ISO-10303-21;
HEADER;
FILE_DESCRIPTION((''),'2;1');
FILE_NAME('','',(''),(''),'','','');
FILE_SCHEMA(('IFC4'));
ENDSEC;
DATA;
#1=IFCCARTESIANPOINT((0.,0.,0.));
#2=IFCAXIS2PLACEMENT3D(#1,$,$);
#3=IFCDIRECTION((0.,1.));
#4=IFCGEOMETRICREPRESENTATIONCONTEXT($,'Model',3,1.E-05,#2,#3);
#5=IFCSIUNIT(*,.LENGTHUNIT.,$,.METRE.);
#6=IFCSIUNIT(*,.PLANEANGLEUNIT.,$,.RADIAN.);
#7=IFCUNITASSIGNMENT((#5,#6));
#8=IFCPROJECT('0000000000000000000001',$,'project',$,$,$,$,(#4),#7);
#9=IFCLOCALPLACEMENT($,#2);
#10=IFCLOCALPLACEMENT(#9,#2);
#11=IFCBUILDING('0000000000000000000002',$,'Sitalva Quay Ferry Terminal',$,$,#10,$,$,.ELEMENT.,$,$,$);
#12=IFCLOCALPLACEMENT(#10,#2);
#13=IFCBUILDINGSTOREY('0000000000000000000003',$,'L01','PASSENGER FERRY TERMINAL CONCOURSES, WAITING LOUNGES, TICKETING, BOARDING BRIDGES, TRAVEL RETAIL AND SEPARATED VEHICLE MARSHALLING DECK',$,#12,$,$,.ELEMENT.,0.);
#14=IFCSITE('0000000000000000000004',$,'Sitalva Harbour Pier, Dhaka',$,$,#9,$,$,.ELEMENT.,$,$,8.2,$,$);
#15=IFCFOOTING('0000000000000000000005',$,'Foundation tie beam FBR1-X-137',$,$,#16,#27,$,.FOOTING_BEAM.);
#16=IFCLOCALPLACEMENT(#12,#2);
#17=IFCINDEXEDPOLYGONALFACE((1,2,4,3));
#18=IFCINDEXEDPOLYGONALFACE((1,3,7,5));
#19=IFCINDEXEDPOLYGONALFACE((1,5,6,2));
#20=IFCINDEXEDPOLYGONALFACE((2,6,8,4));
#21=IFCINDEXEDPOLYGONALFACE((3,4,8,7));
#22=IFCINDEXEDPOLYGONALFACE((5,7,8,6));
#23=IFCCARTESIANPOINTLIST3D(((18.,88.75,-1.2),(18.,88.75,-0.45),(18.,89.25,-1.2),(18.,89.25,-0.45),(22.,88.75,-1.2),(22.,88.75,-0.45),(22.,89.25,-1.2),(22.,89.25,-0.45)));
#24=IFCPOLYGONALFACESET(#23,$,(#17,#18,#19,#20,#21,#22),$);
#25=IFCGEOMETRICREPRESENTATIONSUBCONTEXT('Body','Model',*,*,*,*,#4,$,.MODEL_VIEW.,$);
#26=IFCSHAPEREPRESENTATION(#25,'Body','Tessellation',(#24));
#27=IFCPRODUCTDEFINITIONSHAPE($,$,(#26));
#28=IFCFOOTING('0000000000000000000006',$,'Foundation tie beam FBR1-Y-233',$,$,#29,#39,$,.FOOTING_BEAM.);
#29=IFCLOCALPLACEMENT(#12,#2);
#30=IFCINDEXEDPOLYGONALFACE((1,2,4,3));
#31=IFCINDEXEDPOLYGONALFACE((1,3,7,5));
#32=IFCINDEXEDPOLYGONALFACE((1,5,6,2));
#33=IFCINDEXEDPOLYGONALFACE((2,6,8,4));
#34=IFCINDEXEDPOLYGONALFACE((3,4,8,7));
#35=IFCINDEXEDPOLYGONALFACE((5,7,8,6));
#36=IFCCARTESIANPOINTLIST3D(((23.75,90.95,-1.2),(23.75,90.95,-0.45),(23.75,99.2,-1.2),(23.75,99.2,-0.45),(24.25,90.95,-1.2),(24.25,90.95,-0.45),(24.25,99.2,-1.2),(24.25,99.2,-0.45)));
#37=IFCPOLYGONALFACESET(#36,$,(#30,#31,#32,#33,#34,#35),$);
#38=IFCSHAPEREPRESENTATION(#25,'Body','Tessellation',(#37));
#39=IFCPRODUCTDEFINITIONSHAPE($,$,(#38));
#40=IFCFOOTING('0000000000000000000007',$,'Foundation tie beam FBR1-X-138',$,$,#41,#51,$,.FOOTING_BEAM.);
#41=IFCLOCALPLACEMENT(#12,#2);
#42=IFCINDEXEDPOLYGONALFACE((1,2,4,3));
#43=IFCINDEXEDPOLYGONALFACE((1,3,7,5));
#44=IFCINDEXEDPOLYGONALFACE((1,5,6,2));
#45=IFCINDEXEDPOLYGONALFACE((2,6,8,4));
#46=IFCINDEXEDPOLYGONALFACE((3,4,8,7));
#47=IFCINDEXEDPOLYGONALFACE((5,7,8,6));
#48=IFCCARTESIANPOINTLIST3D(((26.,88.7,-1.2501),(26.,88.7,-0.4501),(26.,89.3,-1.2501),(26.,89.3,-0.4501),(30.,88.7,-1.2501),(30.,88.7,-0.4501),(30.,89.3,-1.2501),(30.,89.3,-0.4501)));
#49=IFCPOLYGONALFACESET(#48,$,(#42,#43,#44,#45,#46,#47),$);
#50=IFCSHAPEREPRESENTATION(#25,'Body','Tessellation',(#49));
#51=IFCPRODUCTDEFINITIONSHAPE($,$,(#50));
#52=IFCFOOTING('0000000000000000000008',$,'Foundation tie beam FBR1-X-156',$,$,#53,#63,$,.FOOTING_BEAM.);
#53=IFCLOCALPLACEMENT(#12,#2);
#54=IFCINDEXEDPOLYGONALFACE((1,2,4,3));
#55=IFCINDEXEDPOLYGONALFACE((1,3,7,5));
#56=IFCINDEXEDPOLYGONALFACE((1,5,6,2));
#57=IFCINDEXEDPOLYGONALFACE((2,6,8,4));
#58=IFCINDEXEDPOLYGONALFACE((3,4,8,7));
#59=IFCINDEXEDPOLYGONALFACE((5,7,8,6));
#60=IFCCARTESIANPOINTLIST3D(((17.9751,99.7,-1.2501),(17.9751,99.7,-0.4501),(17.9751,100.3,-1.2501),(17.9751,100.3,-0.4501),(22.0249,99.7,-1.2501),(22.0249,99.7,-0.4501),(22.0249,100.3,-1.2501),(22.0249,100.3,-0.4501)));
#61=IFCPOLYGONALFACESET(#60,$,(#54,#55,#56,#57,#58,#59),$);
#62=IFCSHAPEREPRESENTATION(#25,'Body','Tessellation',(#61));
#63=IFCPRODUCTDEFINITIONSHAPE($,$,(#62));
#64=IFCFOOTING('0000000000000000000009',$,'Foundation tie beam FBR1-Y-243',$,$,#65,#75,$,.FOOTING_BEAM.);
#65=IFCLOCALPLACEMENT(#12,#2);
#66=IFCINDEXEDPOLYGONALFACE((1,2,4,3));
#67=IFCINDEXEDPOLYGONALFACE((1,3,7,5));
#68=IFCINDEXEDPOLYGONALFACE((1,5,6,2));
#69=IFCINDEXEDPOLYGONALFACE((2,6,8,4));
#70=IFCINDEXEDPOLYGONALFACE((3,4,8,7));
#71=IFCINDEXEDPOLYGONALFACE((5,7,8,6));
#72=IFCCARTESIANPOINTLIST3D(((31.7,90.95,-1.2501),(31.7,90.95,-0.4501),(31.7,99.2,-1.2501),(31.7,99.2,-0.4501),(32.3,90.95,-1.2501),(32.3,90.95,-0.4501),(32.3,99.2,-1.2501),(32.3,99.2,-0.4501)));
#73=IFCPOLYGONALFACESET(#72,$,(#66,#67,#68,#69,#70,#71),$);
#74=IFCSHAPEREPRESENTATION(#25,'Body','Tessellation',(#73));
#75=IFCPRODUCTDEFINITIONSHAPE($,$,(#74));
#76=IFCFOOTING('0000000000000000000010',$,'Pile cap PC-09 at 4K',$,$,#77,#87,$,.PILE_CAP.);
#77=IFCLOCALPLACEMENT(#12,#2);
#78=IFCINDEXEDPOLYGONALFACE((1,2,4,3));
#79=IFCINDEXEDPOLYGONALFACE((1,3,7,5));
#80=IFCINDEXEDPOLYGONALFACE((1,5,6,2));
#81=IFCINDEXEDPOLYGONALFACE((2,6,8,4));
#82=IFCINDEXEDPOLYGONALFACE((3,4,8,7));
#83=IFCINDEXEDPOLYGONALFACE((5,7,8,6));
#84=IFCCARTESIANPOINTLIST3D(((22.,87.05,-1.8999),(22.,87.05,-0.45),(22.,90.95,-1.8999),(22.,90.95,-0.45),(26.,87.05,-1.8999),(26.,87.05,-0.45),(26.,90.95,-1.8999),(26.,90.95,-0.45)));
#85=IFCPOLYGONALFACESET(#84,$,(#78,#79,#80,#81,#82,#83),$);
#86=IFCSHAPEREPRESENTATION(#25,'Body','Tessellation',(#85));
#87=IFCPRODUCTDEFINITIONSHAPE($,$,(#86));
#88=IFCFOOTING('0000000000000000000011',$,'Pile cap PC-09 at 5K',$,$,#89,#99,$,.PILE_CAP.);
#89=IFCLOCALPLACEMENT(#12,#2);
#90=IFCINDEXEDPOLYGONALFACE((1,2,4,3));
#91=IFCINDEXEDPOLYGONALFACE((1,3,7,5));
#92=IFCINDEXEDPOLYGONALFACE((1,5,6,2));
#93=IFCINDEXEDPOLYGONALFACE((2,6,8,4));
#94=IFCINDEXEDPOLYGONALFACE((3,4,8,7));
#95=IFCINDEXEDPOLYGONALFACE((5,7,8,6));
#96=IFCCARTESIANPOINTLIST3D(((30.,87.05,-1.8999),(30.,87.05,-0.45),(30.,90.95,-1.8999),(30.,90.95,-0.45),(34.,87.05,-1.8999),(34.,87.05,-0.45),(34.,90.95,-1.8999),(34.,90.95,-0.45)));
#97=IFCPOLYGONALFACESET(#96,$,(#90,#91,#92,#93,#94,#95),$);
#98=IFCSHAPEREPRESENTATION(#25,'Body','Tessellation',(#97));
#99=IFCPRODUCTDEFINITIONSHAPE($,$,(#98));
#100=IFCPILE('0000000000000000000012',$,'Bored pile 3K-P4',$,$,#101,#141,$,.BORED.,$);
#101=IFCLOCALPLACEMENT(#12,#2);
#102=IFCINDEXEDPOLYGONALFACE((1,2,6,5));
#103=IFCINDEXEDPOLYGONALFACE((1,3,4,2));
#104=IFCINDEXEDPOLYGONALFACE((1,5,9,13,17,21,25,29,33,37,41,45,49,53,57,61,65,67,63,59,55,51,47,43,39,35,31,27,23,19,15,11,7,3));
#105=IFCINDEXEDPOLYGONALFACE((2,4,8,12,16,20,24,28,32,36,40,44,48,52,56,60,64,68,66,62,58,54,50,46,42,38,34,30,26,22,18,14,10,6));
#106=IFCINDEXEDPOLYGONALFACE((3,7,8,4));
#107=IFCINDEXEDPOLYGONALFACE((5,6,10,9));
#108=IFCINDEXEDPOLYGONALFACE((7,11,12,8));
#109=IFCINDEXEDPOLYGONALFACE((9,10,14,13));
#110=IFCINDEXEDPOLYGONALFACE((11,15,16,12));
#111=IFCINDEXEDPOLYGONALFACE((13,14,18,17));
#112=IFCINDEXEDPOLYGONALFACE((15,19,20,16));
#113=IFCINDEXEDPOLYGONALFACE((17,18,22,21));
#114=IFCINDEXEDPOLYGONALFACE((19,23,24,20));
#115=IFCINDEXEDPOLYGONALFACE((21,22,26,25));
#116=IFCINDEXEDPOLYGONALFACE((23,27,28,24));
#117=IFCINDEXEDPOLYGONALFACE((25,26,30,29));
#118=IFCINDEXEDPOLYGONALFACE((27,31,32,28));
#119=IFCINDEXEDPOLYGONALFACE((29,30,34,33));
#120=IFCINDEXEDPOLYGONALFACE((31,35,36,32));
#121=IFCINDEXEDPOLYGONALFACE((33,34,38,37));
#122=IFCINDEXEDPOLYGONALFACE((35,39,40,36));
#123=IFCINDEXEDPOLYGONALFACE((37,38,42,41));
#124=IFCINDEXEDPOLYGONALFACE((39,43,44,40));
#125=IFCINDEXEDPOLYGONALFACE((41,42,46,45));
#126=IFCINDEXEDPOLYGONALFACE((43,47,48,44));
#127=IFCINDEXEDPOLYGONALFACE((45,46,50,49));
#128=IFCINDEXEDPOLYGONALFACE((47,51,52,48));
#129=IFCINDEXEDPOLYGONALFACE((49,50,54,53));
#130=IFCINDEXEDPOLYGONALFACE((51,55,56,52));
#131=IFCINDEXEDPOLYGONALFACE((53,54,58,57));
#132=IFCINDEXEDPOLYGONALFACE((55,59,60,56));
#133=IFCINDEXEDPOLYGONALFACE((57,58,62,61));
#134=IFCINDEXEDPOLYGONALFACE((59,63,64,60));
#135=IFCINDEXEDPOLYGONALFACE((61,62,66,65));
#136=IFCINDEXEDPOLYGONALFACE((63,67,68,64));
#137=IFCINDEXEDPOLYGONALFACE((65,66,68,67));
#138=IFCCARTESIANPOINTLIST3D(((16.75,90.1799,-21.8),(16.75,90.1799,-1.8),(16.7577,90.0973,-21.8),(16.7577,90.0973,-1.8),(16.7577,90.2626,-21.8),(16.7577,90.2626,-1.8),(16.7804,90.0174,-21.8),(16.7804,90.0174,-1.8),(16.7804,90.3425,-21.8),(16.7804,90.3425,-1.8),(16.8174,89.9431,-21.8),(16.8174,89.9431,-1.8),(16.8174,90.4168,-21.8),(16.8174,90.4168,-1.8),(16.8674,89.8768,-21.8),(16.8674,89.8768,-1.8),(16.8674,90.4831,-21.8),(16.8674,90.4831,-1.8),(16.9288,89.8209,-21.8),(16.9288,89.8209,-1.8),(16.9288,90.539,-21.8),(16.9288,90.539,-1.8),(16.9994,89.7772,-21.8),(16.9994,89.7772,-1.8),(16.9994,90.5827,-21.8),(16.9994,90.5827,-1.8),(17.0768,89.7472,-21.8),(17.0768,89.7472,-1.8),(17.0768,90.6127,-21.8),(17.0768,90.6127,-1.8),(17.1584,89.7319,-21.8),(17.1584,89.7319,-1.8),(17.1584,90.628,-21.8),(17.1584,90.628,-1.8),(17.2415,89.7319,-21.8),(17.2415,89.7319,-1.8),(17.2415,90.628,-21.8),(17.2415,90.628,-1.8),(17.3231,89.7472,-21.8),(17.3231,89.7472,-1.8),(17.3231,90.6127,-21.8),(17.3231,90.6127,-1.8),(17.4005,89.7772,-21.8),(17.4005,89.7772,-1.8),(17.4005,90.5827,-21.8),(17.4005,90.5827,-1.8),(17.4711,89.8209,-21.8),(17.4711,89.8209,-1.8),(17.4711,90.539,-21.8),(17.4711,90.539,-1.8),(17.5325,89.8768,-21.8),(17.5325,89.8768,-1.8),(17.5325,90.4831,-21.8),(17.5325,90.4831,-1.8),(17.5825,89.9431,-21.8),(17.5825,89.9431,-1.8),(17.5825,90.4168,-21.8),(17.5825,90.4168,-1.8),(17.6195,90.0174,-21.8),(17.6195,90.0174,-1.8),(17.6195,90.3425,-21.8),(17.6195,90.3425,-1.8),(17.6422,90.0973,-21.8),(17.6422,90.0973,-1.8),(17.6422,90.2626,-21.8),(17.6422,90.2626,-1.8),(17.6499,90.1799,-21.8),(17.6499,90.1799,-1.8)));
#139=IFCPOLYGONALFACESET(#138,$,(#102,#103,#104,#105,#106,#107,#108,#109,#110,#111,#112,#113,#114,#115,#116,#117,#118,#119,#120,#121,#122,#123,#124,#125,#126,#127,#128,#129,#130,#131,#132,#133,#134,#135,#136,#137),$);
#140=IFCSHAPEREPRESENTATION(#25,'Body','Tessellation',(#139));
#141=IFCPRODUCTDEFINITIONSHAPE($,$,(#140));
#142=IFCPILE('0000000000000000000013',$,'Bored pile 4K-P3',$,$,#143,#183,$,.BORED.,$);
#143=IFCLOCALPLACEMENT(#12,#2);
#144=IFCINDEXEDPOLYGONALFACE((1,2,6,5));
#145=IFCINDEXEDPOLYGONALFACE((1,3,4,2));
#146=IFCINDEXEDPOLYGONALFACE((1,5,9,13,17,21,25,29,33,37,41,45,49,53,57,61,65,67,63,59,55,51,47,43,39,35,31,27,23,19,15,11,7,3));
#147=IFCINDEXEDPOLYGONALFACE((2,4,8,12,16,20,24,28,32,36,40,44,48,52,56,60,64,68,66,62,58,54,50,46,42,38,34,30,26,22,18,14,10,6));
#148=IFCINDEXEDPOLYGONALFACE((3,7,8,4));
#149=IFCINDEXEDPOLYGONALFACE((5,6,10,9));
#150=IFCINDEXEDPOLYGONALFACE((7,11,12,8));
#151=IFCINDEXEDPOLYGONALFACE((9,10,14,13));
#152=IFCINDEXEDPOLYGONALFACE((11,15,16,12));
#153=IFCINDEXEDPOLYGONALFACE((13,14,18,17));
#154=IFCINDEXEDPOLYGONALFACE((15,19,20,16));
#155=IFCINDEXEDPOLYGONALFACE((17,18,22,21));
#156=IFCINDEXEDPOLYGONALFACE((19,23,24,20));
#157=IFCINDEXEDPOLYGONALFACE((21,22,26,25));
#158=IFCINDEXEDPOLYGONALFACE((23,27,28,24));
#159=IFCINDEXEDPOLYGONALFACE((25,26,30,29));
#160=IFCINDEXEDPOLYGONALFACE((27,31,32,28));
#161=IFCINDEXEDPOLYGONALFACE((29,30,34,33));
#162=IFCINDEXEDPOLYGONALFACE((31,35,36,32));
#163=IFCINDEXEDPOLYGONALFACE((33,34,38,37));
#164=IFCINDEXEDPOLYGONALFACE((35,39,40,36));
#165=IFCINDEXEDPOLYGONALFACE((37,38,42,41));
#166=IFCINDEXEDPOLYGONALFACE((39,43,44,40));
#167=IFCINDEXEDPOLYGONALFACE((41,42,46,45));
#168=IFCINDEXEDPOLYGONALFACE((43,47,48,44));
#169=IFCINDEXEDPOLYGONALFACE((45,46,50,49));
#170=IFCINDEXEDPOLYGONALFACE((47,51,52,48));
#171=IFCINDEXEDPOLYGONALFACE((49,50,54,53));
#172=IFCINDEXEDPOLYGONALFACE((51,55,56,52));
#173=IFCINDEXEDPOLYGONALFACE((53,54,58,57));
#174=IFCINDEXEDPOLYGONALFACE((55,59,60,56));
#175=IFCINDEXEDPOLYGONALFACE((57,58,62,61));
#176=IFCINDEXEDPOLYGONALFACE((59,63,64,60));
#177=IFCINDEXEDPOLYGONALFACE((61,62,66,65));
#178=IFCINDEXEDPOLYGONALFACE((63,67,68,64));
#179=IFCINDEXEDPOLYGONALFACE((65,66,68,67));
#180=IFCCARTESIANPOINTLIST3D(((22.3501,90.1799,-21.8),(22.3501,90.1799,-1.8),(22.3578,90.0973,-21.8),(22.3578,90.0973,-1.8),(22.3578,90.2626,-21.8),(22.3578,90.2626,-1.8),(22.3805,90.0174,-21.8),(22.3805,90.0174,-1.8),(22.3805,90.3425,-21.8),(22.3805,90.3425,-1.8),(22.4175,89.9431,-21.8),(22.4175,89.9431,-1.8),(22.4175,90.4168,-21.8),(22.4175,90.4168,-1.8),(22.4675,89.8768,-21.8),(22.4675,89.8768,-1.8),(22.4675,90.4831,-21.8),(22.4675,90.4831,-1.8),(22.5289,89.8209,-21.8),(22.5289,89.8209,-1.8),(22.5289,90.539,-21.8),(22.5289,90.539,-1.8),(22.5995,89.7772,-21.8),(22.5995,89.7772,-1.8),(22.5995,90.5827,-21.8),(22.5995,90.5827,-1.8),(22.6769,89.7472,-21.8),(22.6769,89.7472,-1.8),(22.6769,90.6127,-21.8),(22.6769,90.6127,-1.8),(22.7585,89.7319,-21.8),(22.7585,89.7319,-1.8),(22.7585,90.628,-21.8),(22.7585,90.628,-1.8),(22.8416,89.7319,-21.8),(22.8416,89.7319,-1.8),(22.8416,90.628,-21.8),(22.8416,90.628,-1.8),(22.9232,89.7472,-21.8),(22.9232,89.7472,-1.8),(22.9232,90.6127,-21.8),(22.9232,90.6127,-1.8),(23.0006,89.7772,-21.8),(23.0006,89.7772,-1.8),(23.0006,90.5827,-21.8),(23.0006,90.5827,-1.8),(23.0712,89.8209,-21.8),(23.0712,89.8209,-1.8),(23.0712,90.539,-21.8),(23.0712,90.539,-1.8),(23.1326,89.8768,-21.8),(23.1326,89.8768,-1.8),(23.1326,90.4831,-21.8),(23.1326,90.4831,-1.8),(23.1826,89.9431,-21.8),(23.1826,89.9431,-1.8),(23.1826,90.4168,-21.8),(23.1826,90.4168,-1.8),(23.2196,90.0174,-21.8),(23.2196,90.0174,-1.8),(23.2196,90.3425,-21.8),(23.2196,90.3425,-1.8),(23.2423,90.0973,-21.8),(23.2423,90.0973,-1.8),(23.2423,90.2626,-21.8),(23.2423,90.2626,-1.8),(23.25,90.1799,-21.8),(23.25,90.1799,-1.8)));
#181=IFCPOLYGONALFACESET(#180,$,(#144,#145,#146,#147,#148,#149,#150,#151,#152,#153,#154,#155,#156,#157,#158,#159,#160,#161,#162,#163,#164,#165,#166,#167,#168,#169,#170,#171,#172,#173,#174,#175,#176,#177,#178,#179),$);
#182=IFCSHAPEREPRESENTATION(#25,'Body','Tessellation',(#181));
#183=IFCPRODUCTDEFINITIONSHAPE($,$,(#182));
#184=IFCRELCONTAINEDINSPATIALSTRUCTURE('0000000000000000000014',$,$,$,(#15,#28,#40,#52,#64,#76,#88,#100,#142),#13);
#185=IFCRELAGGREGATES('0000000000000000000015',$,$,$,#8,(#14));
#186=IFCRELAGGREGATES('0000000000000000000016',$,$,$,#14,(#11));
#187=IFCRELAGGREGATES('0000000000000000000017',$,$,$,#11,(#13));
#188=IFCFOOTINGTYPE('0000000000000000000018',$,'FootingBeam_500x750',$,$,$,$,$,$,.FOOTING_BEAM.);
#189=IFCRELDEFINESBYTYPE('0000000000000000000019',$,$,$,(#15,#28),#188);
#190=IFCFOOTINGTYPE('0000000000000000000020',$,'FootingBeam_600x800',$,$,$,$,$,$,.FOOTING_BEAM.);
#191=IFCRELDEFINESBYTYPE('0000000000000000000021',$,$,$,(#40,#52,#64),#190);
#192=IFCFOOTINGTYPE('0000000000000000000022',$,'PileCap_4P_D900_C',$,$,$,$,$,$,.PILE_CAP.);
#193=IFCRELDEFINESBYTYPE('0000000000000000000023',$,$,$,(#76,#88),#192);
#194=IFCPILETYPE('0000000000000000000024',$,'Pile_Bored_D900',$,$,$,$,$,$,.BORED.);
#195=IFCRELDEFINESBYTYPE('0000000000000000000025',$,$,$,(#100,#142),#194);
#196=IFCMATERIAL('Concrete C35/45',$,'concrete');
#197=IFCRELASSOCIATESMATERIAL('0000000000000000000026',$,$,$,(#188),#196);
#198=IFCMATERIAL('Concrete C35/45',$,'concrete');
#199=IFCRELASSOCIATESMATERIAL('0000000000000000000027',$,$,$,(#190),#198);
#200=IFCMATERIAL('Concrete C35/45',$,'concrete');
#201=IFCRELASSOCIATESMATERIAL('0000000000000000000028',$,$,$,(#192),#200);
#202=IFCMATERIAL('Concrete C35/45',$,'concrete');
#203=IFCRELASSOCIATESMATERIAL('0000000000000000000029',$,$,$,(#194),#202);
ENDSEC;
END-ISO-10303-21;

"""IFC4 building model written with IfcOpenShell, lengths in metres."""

from ifc_helpers import new_model, si_unit, direction, frame, origin, origin_2d, place, context, subcontext, project, spatial, rectangle, circle, extrude, material, material_profile, profile_set, type_object, element, save


model = new_model("IFC4")

# Units and contexts
model_context = context("Model", 3, precision=1e-05, world=origin(), true_north=direction((0.0, 1.0)))
body_context = subcontext(model_context, "Body", "Model", "MODEL_VIEW")
ifc_project = project(units=[si_unit("LENGTHUNIT", "METRE"), si_unit("PLANEANGLEUNIT", "RADIAN")], contexts=[model_context])

# Site, building, storey
site_placement = place(None, origin())
site = spatial("IfcSite", under=ifc_project, at=site_placement, Name="Sitalva Harbour Pier, Dhaka", CompositionType="ELEMENT", RefElevation=8.2)
building_placement = place(site_placement, origin())
building = spatial("IfcBuilding", under=site, at=building_placement, Name="Sitalva Quay Ferry Terminal", CompositionType="ELEMENT")
storey_placement = place(building_placement, origin())
storey = spatial("IfcBuildingStorey", under=building, at=storey_placement, Name="L01", Description="PASSENGER FERRY TERMINAL CONCOURSES, WAITING LOUNGES, TICKETING, BOARDING BRIDGES, TRAVEL RETAIL AND SEPARATED VEHICLE MARSHALLING DECK", CompositionType="ELEMENT", Elevation=0.0)

# Footings
ifc_material_1 = material(Name="Concrete C35/45", Category="concrete")
ifc_material_profile_1 = material_profile(ifc_material_1, rectangle(XDim=0.5, YDim=0.75, at=origin_2d()), Name="RC500x750")
ifc_profile_set_1 = profile_set([ifc_material_profile_1], Name="Concrete C35/45")
footing_type_1 = type_object("IfcFootingType", Name="FootingBeam_500x750", PredefinedType="FOOTING_BEAM", material=ifc_profile_set_1)
footing_1_placement = place(storey_placement, frame((18.0, 89.0, -0.825), z_axis=(1.0, 0.0, 0.0), x_axis=(0.0, 1.0, 0.0)))
element("IfcFooting", 1, at=footing_1_placement, inside=storey, type_object=footing_type_1, Name="Foundation tie beam FBR1-X-137", PredefinedType="FOOTING_BEAM", context=body_context, shape_type="SweptSolid", body=[
    extrude(rectangle(XDim=0.5, YDim=0.75, at=origin_2d()), origin(), (0.0, 0.0, 1.0), 4.0),
])
footing_2_placement = place(storey_placement, frame((24.0, 90.95, -0.825), z_axis=(0.0, 1.0, 0.0), x_axis=(-1.0, 0.0, 0.0)))
element("IfcFooting", 2, at=footing_2_placement, inside=storey, type_object=footing_type_1, Name="Foundation tie beam FBR1-Y-233", PredefinedType="FOOTING_BEAM", context=body_context, shape_type="SweptSolid", body=[
    extrude(rectangle(XDim=0.5, YDim=0.75, at=origin_2d()), origin(), (0.0, 0.0, 1.0), 8.25),
])
ifc_material_2 = material(Name="Concrete C35/45", Category="concrete")
ifc_material_profile_2 = material_profile(ifc_material_2, rectangle(XDim=0.6001, YDim=0.8, at=origin_2d()), Name="RC600x800")
ifc_profile_set_2 = profile_set([ifc_material_profile_2], Name="Concrete C35/45")
footing_type_2 = type_object("IfcFootingType", Name="FootingBeam_600x800", PredefinedType="FOOTING_BEAM", material=ifc_profile_set_2)
footing_3_placement = place(storey_placement, frame((26.0, 89.0, -0.8501), z_axis=(1.0, 0.0, 0.0), x_axis=(0.0, 1.0, 0.0)))
element("IfcFooting", 3, at=footing_3_placement, inside=storey, type_object=footing_type_2, Name="Foundation tie beam FBR1-X-138", PredefinedType="FOOTING_BEAM", context=body_context, shape_type="SweptSolid", body=[
    extrude(rectangle(XDim=0.6001, YDim=0.8, at=origin_2d()), origin(), (0.0, 0.0, 1.0), 4.0),
])
footing_4_placement = place(storey_placement, frame((17.9751, 100.0, -0.8501), z_axis=(1.0, 0.0, 0.0), x_axis=(0.0, 1.0, 0.0)))
element("IfcFooting", 4, at=footing_4_placement, inside=storey, type_object=footing_type_2, Name="Foundation tie beam FBR1-X-156", PredefinedType="FOOTING_BEAM", context=body_context, shape_type="SweptSolid", body=[
    extrude(rectangle(XDim=0.6001, YDim=0.8, at=origin_2d()), origin(), (0.0, 0.0, 1.0), 4.0498),
])
footing_5_placement = place(storey_placement, frame((32.0, 90.95, -0.8501), z_axis=(0.0, 1.0, 0.0), x_axis=(-1.0, 0.0, 0.0)))
element("IfcFooting", 5, at=footing_5_placement, inside=storey, type_object=footing_type_2, Name="Foundation tie beam FBR1-Y-243", PredefinedType="FOOTING_BEAM", context=body_context, shape_type="SweptSolid", body=[
    extrude(rectangle(XDim=0.6001, YDim=0.8, at=origin_2d()), origin(), (0.0, 0.0, 1.0), 8.25),
])
ifc_material_3 = material(Name="Concrete C35/45", Category="concrete")
footing_type_3 = type_object("IfcFootingType", Name="PileCap_4P_D900_C", PredefinedType="PILE_CAP", material=ifc_material_3)
for number, where, z_axis, x_axis, name in (
    (6, (24.0, 89.0, -1.8999), (0.0, 0.0, 1.0), (1.0, 0.0, 0.0), "Pile cap PC-09 at 4K"),
    (7, (32.0, 89.0, -1.8999), (0.0, 0.0, 1.0), (1.0, 0.0, 0.0), "Pile cap PC-09 at 5K"),
):
    element("IfcFooting", number, at=place(storey_placement, frame(where, z_axis=z_axis, x_axis=x_axis)), inside=storey, type_object=footing_type_3, Name=name, PredefinedType="PILE_CAP", context=body_context, shape_type="SweptSolid", body=[
        extrude(rectangle(XDim=4.0, YDim=3.8999, at=origin_2d()), origin(), (0.0, 0.0, 1.0), 1.45),
    ])

# Piles
ifc_material_4 = material(Name="Concrete C35/45", Category="concrete")
ifc_material_profile_3 = material_profile(ifc_material_4, circle(Radius=0.45, at=origin_2d()), Name="PILE-D900")
ifc_profile_set_3 = profile_set([ifc_material_profile_3], Name="Concrete C35/45")
pile_type = type_object("IfcPileType", Name="Pile_Bored_D900", PredefinedType="BORED", material=ifc_profile_set_3)
for number, where, z_axis, x_axis, name in (
    (8, (17.2, 90.1799, -1.8), (0.0, 0.0, -1.0), (1.0, 0.0, 0.0), "Bored pile 3K-P4"),
    (9, (22.8, 90.1799, -1.8), (0.0, 0.0, -1.0), (1.0, 0.0, 0.0), "Bored pile 4K-P3"),
):
    element("IfcPile", number, at=place(storey_placement, frame(where, z_axis=z_axis, x_axis=x_axis)), inside=storey, type_object=pile_type, Name=name, PredefinedType="BORED", context=body_context, shape_type="SweptSolid", body=[
        extrude(circle(Radius=0.45, at=origin_2d()), origin(), (0.0, 0.0, 1.0), 20.0),
    ])

save(model, "model.ifc")
